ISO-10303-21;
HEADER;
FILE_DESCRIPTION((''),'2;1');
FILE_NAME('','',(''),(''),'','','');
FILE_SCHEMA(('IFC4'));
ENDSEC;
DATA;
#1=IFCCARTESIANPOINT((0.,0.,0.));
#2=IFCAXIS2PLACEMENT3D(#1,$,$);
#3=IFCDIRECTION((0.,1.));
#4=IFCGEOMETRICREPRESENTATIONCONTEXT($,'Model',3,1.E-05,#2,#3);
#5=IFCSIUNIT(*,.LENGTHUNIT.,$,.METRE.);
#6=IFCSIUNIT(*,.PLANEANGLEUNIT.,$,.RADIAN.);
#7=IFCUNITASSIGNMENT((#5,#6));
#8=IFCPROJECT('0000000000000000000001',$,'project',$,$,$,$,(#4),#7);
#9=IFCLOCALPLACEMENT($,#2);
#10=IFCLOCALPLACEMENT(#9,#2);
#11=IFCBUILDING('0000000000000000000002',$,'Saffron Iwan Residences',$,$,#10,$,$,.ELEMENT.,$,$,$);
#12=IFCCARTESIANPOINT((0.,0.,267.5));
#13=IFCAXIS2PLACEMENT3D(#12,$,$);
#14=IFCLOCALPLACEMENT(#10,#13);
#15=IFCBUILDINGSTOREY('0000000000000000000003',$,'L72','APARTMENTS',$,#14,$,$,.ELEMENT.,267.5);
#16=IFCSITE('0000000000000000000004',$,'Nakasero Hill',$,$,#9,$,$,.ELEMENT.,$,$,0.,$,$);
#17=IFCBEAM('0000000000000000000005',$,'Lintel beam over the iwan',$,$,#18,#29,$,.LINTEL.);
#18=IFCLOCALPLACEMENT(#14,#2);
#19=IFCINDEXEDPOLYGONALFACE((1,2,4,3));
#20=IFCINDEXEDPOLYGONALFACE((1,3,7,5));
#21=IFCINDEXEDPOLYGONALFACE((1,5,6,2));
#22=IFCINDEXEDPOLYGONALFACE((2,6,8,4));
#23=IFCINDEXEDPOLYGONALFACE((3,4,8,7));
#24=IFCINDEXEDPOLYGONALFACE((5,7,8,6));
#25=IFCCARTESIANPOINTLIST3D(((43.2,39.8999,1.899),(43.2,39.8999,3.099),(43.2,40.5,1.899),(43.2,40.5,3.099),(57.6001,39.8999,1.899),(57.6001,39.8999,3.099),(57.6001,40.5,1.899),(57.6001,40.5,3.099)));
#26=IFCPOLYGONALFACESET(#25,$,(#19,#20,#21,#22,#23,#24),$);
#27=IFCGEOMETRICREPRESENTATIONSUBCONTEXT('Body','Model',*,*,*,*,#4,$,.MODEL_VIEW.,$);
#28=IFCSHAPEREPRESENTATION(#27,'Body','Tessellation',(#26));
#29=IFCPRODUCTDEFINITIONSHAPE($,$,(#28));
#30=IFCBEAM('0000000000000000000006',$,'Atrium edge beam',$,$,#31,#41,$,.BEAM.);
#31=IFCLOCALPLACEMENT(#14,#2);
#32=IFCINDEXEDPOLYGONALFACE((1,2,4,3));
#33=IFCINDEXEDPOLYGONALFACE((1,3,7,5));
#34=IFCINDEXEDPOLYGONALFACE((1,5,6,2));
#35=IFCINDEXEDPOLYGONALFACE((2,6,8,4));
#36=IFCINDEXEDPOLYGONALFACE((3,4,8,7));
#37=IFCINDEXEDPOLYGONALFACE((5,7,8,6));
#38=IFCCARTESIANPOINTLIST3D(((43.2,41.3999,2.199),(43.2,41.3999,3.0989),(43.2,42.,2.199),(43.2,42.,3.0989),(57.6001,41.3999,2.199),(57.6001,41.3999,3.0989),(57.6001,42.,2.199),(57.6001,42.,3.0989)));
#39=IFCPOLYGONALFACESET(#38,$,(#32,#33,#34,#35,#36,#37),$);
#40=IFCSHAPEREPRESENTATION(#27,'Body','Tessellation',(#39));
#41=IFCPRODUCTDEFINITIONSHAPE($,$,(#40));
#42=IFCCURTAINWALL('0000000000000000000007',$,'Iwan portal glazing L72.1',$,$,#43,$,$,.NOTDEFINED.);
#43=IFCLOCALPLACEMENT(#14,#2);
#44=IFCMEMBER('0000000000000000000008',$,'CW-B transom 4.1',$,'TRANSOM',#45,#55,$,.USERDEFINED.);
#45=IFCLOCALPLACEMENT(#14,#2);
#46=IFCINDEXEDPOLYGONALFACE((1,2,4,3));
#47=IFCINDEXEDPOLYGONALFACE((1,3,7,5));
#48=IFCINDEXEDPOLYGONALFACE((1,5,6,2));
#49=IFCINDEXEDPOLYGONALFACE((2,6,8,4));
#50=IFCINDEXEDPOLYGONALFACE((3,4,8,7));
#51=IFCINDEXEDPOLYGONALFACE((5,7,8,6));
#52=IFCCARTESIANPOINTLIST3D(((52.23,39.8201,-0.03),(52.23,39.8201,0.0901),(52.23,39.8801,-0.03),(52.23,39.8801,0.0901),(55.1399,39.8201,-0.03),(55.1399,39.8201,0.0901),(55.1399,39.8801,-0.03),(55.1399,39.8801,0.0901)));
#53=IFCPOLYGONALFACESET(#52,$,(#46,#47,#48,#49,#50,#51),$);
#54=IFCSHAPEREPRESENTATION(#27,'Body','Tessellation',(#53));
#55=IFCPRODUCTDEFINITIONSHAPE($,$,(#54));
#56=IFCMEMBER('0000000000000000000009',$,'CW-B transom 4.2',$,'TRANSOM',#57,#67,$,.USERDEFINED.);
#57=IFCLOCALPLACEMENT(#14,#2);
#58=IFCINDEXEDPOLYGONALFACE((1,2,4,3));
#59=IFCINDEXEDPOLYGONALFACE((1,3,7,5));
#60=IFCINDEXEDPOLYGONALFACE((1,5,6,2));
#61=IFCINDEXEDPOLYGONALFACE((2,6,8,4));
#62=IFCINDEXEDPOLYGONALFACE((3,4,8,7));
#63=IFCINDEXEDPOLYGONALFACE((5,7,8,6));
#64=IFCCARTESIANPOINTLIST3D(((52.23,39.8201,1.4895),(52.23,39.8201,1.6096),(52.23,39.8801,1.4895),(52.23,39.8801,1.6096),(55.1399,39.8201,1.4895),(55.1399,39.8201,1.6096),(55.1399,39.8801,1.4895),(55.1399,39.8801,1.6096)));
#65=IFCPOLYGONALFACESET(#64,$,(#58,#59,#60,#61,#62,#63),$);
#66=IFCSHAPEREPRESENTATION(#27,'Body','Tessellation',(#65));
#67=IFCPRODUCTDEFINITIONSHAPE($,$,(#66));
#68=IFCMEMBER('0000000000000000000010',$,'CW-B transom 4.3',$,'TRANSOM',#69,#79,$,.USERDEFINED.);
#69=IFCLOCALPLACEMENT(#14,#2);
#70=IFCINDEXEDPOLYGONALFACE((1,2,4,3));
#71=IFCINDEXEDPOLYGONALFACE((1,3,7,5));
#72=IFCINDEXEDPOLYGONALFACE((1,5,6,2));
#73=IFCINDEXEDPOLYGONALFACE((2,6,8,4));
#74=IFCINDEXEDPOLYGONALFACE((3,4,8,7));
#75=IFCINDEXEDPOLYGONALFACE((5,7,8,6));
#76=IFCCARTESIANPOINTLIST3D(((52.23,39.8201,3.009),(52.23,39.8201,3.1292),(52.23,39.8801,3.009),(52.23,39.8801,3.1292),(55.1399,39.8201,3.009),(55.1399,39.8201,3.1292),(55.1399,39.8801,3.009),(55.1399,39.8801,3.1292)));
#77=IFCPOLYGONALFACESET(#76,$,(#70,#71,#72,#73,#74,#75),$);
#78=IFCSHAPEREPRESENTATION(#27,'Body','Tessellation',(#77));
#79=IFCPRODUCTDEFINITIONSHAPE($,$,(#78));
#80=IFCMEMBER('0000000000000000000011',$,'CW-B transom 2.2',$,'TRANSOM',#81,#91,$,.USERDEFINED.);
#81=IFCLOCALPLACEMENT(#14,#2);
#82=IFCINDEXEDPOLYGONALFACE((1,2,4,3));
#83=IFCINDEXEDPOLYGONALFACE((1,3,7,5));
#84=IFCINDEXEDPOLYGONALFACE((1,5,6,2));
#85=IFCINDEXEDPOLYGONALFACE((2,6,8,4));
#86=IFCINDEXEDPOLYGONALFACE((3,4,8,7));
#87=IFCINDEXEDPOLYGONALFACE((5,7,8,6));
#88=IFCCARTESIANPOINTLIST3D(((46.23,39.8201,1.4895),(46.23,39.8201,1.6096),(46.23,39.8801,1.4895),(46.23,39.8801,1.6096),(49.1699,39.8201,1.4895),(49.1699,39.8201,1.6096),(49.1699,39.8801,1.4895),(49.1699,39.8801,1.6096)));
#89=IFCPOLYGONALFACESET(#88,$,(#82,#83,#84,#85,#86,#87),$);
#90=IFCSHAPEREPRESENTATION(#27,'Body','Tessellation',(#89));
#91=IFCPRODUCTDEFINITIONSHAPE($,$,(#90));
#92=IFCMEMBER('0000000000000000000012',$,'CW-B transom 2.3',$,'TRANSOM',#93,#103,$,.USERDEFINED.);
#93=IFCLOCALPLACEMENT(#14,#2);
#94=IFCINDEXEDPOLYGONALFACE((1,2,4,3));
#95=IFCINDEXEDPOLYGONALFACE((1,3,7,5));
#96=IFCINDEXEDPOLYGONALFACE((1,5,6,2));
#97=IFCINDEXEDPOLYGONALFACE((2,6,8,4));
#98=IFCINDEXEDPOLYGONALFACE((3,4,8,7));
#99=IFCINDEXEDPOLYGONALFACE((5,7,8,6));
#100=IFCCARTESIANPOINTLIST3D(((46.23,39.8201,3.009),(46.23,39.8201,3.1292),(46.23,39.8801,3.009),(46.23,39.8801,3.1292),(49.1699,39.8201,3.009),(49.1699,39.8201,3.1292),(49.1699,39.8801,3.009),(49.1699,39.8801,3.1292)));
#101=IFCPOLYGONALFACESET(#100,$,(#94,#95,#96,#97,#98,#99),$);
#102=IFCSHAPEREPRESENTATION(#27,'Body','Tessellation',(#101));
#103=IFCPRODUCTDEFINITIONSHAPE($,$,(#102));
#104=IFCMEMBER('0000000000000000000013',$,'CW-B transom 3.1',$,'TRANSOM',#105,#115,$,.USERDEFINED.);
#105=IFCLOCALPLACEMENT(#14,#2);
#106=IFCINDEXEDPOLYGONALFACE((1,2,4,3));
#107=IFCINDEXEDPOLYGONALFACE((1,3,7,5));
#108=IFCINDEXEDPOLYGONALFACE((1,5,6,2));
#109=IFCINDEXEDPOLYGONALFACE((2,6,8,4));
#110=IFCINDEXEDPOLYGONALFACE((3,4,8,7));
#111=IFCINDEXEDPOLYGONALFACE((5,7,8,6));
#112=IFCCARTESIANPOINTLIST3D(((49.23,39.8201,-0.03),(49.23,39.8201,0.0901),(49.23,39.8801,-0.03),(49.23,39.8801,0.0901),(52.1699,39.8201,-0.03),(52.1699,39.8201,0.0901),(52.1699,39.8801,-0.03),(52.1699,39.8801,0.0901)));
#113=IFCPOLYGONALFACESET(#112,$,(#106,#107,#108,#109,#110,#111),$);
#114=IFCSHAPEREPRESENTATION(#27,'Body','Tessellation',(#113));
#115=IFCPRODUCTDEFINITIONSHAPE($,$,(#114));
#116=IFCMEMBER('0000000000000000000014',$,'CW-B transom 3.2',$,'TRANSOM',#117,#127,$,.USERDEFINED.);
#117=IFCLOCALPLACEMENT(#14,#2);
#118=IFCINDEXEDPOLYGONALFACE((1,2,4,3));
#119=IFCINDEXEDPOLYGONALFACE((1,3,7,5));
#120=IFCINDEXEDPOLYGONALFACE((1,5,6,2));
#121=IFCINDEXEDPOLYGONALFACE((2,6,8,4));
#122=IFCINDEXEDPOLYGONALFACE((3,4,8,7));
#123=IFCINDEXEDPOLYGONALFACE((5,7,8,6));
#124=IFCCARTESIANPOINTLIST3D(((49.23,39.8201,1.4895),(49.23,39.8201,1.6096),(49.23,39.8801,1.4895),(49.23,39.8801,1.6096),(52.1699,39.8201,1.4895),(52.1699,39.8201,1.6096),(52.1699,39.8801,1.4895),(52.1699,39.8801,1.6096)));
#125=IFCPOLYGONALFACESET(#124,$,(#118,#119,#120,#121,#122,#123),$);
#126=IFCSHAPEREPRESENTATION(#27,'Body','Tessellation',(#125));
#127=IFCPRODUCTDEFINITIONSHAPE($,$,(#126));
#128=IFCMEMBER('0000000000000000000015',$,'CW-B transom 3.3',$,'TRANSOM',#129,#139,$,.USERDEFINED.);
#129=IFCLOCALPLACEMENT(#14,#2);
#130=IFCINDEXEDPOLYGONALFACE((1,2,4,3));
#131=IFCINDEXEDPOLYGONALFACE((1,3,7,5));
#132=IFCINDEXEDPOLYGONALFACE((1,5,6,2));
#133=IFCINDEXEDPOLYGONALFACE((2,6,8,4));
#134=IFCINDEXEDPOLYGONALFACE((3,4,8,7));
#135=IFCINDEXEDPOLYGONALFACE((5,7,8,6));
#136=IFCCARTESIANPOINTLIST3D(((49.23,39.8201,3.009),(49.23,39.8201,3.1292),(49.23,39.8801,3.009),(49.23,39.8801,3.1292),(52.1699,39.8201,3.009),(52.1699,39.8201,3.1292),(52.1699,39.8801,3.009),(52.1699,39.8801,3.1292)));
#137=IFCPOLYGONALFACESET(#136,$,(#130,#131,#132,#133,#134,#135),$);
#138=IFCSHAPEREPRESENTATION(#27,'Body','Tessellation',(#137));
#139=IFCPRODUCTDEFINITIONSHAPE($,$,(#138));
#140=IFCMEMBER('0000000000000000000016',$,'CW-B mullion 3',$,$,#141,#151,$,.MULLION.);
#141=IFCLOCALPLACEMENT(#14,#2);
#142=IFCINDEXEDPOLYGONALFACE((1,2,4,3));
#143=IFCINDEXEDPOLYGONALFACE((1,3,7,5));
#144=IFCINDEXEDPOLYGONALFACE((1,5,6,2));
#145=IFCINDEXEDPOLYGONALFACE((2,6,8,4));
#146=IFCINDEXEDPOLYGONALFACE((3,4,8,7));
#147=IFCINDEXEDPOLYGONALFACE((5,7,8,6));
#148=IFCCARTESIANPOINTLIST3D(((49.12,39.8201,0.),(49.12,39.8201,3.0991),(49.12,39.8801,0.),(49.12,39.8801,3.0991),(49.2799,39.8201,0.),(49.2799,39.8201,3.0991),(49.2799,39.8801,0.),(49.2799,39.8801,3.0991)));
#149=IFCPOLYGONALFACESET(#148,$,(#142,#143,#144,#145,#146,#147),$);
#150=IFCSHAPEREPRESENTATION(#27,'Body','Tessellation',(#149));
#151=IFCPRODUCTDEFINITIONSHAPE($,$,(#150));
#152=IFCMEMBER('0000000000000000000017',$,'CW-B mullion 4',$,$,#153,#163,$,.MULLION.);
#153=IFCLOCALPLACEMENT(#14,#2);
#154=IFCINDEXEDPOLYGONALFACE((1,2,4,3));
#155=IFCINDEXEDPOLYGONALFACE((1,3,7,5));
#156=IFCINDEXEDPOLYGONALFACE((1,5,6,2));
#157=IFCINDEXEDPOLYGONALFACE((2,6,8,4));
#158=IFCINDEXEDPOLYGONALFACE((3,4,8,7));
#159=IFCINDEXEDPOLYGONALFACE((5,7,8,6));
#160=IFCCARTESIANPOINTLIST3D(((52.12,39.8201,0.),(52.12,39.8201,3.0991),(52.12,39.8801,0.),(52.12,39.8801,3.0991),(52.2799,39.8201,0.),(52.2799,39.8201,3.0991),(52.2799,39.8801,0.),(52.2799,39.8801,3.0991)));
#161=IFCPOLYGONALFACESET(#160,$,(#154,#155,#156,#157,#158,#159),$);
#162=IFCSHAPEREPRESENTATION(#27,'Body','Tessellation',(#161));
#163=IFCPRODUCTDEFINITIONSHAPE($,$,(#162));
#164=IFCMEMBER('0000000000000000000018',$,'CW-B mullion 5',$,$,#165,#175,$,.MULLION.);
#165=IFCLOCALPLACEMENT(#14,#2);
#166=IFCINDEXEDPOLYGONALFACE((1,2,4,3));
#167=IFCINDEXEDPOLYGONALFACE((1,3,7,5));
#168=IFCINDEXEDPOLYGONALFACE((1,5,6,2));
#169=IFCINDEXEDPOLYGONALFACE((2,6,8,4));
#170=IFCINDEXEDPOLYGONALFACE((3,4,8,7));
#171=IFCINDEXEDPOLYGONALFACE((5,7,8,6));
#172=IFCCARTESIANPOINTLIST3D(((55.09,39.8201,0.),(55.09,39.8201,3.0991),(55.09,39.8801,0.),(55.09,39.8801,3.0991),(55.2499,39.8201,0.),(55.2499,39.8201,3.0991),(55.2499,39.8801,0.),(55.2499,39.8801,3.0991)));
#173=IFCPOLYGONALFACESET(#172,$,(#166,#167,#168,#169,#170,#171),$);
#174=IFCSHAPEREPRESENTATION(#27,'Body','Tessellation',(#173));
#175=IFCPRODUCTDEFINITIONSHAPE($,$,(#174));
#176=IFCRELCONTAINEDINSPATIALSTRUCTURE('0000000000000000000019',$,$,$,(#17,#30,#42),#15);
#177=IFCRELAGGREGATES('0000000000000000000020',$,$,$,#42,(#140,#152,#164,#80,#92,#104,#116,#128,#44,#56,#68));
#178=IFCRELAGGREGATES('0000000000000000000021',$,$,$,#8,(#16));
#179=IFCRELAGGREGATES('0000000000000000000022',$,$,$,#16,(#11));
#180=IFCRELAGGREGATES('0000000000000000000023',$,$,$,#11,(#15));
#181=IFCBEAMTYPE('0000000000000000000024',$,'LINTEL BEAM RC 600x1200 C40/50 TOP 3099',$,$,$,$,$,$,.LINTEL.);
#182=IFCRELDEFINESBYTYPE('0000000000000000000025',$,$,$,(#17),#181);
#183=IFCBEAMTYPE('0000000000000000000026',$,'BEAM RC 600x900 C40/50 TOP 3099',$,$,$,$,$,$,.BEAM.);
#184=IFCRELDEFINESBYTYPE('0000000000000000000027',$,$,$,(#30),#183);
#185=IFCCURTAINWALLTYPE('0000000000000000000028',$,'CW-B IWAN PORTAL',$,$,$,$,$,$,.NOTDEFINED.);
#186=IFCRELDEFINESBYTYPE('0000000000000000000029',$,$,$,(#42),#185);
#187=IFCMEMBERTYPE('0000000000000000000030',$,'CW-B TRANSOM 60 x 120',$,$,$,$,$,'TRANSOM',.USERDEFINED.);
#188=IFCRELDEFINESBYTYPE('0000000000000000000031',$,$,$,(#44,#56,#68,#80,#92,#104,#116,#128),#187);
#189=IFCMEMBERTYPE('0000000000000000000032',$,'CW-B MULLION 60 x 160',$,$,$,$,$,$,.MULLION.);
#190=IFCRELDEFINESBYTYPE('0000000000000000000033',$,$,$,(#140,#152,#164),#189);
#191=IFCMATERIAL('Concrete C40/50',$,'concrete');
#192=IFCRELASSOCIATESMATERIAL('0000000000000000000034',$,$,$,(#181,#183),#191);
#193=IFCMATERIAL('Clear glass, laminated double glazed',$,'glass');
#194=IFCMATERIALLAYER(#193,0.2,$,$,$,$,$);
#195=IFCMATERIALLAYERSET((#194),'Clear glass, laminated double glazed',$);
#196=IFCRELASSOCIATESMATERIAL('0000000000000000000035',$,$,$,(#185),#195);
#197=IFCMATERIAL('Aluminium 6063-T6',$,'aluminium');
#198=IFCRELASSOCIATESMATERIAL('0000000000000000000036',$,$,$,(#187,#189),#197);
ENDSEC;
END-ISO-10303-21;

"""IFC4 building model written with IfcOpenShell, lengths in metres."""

from ifc_helpers import new_model, si_unit, direction, frame, origin, origin_2d, place, context, subcontext, project, spatial, rectangle, extrude, source, transform, mapped, material, layer, layer_set, material_profile, profile_set, type_object, element, aggregate, save


model = new_model("IFC4")

# Units and contexts
model_context = context("Model", 3, precision=1e-05, world=origin(), true_north=direction((0.0, 1.0)))
body_context = subcontext(model_context, "Body", "Model", "MODEL_VIEW")
ifc_project = project(units=[si_unit("LENGTHUNIT", "METRE"), si_unit("PLANEANGLEUNIT", "RADIAN")], contexts=[model_context])

# Site, building, storey
site_placement = place(None, origin())
site = spatial("IfcSite", under=ifc_project, at=site_placement, Name="Nakasero Hill", CompositionType="ELEMENT", RefElevation=0.0)
building_placement = place(site_placement, origin())
building = spatial("IfcBuilding", under=site, at=building_placement, Name="Saffron Iwan Residences", CompositionType="ELEMENT")
storey_placement = place(building_placement, frame((0.0, 0.0, 267.5)))
storey = spatial("IfcBuildingStorey", under=building, at=storey_placement, Name="L72", Description="APARTMENTS", CompositionType="ELEMENT", Elevation=267.5)

# Beams
ifc_material_1 = material(Name="Concrete C40/50", Category="concrete")
ifc_material_profile_1 = material_profile(ifc_material_1, rectangle(XDim=0.6001, YDim=1.2, at=origin_2d()), Name="RC 600x1200")
ifc_profile_set_1 = profile_set([ifc_material_profile_1], Name="Concrete C40/50")
beam_type_1 = type_object("IfcBeamType", Name="LINTEL BEAM RC 600x1200 C40/50 TOP 3099", PredefinedType="LINTEL", material=ifc_profile_set_1)
shared_shape_1 = source(origin(), body_context, "Body", "SweptSolid", [
    extrude(rectangle(XDim=0.6001, YDim=1.2, at=origin_2d()), origin(), (0.0, 0.0, 1.0), 14.4001),
])
beam_1_placement = place(storey_placement, frame((57.6001, 40.2, 2.499), z_axis=(-1.0, 0.0, 0.0), x_axis=(0.0, -1.0, 0.0)))
element("IfcBeam", 1, at=beam_1_placement, inside=storey, type_object=beam_type_1, Name="Lintel beam over the iwan", PredefinedType="LINTEL", context=body_context, shape_type="MappedRepresentation", body=[
    mapped(shared_shape_1, transform((0.0, 0.0, 0.0))),
])
ifc_material_profile_2 = material_profile(ifc_material_1, rectangle(XDim=0.6001, YDim=0.8999, at=origin_2d()), Name="RC 600x900")
ifc_profile_set_2 = profile_set([ifc_material_profile_2], Name="Concrete C40/50")
beam_type_2 = type_object("IfcBeamType", Name="BEAM RC 600x900 C40/50 TOP 3099", PredefinedType="BEAM", material=ifc_profile_set_2)
shared_shape_2 = source(origin(), body_context, "Body", "SweptSolid", [
    extrude(rectangle(XDim=0.6001, YDim=0.8999, at=origin_2d()), origin(), (0.0, 0.0, 1.0), 14.4001),
])
beam_2_placement = place(storey_placement, frame((57.6001, 41.7, 2.6489), z_axis=(-1.0, 0.0, 0.0), x_axis=(0.0, -1.0, 0.0)))
element("IfcBeam", 2, at=beam_2_placement, inside=storey, type_object=beam_type_2, Name="Atrium edge beam", PredefinedType="BEAM", context=body_context, shape_type="MappedRepresentation", body=[
    mapped(shared_shape_2, transform((0.0, 0.0, 0.0))),
])

# Curtain wall, members
ifc_material_2 = material(Name="Clear glass, laminated double glazed", Category="glass")
ifc_layer_1 = layer(ifc_material_2, 0.2)
ifc_layer_set_1 = layer_set([ifc_layer_1], Name="Clear glass, laminated double glazed")
curtain_wall_type = type_object("IfcCurtainWallType", Name="CW-B IWAN PORTAL", PredefinedType="NOTDEFINED", material=ifc_layer_set_1)
curtain_wall_placement = place(storey_placement, origin())
curtain_wall = element("IfcCurtainWall", 3, at=curtain_wall_placement, inside=storey, type_object=curtain_wall_type, Name="Iwan portal glazing L72.1", PredefinedType="NOTDEFINED")
ifc_material_3 = material(Name="Aluminium 6063-T6", Category="aluminium")
ifc_material_profile_3 = material_profile(ifc_material_3, rectangle(XDim=0.0601, YDim=0.1201, at=origin_2d()), Name="CW-B TRANSOM 60 x 120")
ifc_profile_set_3 = profile_set([ifc_material_profile_3], Name="Aluminium 6063-T6")
member_type_1 = type_object("IfcMemberType", Name="CW-B TRANSOM 60 x 120", ElementType="TRANSOM", PredefinedType="USERDEFINED", material=ifc_profile_set_3)
shared_shape_3 = source(origin(), body_context, "Body", "SweptSolid", [
    extrude(rectangle(XDim=0.0601, YDim=0.1201, at=origin_2d()), origin(), (0.0, 0.0, 1.0), 2.9099),
])
member_1_placement = place(storey_placement, frame((52.23, 39.8501, 0.03), z_axis=(1.0, 0.0, 0.0), x_axis=(0.0, 1.0, 0.0)))
member_1 = element("IfcMember", 4, at=member_1_placement, type_object=member_type_1, Name="CW-B transom 4.1", ObjectType="TRANSOM", PredefinedType="USERDEFINED", context=body_context, shape_type="MappedRepresentation", body=[
    mapped(shared_shape_3, transform((0.0, 0.0, 0.0))),
])
member_2_placement = place(storey_placement, frame((52.23, 39.8501, 1.5496), z_axis=(1.0, 0.0, 0.0), x_axis=(0.0, 1.0, 0.0)))
member_2 = element("IfcMember", 5, at=member_2_placement, type_object=member_type_1, Name="CW-B transom 4.2", ObjectType="TRANSOM", PredefinedType="USERDEFINED", context=body_context, shape_type="MappedRepresentation", body=[
    mapped(shared_shape_3, transform((0.0, 0.0, 0.0))),
])
member_3_placement = place(storey_placement, frame((52.23, 39.8501, 3.0691), z_axis=(1.0, 0.0, 0.0), x_axis=(0.0, 1.0, 0.0)))
member_3 = element("IfcMember", 6, at=member_3_placement, type_object=member_type_1, Name="CW-B transom 4.3", ObjectType="TRANSOM", PredefinedType="USERDEFINED", context=body_context, shape_type="MappedRepresentation", body=[
    mapped(shared_shape_3, transform((0.0, 0.0, 0.0))),
])
shared_shape_4 = source(origin(), body_context, "Body", "SweptSolid", [
    extrude(rectangle(XDim=0.0601, YDim=0.1201, at=origin_2d()), origin(), (0.0, 0.0, 1.0), 2.9399),
])
member_4_placement = place(storey_placement, frame((46.23, 39.8501, 1.5496), z_axis=(1.0, 0.0, 0.0), x_axis=(0.0, 1.0, 0.0)))
member_4 = element("IfcMember", 7, at=member_4_placement, type_object=member_type_1, Name="CW-B transom 2.2", ObjectType="TRANSOM", PredefinedType="USERDEFINED", context=body_context, shape_type="MappedRepresentation", body=[
    mapped(shared_shape_4, transform((0.0, 0.0, 0.0))),
])
member_5_placement = place(storey_placement, frame((46.23, 39.8501, 3.0691), z_axis=(1.0, 0.0, 0.0), x_axis=(0.0, 1.0, 0.0)))
member_5 = element("IfcMember", 8, at=member_5_placement, type_object=member_type_1, Name="CW-B transom 2.3", ObjectType="TRANSOM", PredefinedType="USERDEFINED", context=body_context, shape_type="MappedRepresentation", body=[
    mapped(shared_shape_4, transform((0.0, 0.0, 0.0))),
])
member_6_placement = place(storey_placement, frame((49.23, 39.8501, 0.03), z_axis=(1.0, 0.0, 0.0), x_axis=(0.0, 1.0, 0.0)))
member_6 = element("IfcMember", 9, at=member_6_placement, type_object=member_type_1, Name="CW-B transom 3.1", ObjectType="TRANSOM", PredefinedType="USERDEFINED", context=body_context, shape_type="MappedRepresentation", body=[
    mapped(shared_shape_4, transform((0.0, 0.0, 0.0))),
])
member_7_placement = place(storey_placement, frame((49.23, 39.8501, 1.5496), z_axis=(1.0, 0.0, 0.0), x_axis=(0.0, 1.0, 0.0)))
member_7 = element("IfcMember", 10, at=member_7_placement, type_object=member_type_1, Name="CW-B transom 3.2", ObjectType="TRANSOM", PredefinedType="USERDEFINED", context=body_context, shape_type="MappedRepresentation", body=[
    mapped(shared_shape_4, transform((0.0, 0.0, 0.0))),
])
member_8_placement = place(storey_placement, frame((49.23, 39.8501, 3.0691), z_axis=(1.0, 0.0, 0.0), x_axis=(0.0, 1.0, 0.0)))
member_8 = element("IfcMember", 11, at=member_8_placement, type_object=member_type_1, Name="CW-B transom 3.3", ObjectType="TRANSOM", PredefinedType="USERDEFINED", context=body_context, shape_type="MappedRepresentation", body=[
    mapped(shared_shape_4, transform((0.0, 0.0, 0.0))),
])
ifc_material_profile_4 = material_profile(ifc_material_3, rectangle(XDim=0.0601, YDim=0.1599, at=origin_2d()), Name="CW-B MULLION 60 x 160")
ifc_profile_set_4 = profile_set([ifc_material_profile_4], Name="Aluminium 6063-T6")
member_type_2 = type_object("IfcMemberType", Name="CW-B MULLION 60 x 160", PredefinedType="MULLION", material=ifc_profile_set_4)
shared_shape_5 = source(origin(), body_context, "Body", "SweptSolid", [
    extrude(rectangle(XDim=0.0601, YDim=0.1599, at=origin_2d()), origin(), (0.0, 0.0, 1.0), 3.0991),
])
member_9_placement = place(storey_placement, frame((49.2, 39.8501, 0.0), z_axis=(0.0, 0.0, 1.0), x_axis=(0.0, 1.0, 0.0)))
member_9 = element("IfcMember", 12, at=member_9_placement, type_object=member_type_2, Name="CW-B mullion 3", PredefinedType="MULLION", context=body_context, shape_type="MappedRepresentation", body=[
    mapped(shared_shape_5, transform((0.0, 0.0, 0.0))),
])
member_10_placement = place(storey_placement, frame((52.2, 39.8501, 0.0), z_axis=(0.0, 0.0, 1.0), x_axis=(0.0, 1.0, 0.0)))
member_10 = element("IfcMember", 13, at=member_10_placement, type_object=member_type_2, Name="CW-B mullion 4", PredefinedType="MULLION", context=body_context, shape_type="MappedRepresentation", body=[
    mapped(shared_shape_5, transform((0.0, 0.0, 0.0))),
])
member_11_placement = place(storey_placement, frame((55.1699, 39.8501, 0.0), z_axis=(0.0, 0.0, 1.0), x_axis=(0.0, 1.0, 0.0)))
member_11 = element("IfcMember", 14, at=member_11_placement, type_object=member_type_2, Name="CW-B mullion 5", PredefinedType="MULLION", context=body_context, shape_type="MappedRepresentation", body=[
    mapped(shared_shape_5, transform((0.0, 0.0, 0.0))),
])
aggregate(curtain_wall, [member_9, member_10, member_11, member_4, member_5, member_6, member_7, member_8, member_1, member_2, member_3])

save(model, "model.ifc")
